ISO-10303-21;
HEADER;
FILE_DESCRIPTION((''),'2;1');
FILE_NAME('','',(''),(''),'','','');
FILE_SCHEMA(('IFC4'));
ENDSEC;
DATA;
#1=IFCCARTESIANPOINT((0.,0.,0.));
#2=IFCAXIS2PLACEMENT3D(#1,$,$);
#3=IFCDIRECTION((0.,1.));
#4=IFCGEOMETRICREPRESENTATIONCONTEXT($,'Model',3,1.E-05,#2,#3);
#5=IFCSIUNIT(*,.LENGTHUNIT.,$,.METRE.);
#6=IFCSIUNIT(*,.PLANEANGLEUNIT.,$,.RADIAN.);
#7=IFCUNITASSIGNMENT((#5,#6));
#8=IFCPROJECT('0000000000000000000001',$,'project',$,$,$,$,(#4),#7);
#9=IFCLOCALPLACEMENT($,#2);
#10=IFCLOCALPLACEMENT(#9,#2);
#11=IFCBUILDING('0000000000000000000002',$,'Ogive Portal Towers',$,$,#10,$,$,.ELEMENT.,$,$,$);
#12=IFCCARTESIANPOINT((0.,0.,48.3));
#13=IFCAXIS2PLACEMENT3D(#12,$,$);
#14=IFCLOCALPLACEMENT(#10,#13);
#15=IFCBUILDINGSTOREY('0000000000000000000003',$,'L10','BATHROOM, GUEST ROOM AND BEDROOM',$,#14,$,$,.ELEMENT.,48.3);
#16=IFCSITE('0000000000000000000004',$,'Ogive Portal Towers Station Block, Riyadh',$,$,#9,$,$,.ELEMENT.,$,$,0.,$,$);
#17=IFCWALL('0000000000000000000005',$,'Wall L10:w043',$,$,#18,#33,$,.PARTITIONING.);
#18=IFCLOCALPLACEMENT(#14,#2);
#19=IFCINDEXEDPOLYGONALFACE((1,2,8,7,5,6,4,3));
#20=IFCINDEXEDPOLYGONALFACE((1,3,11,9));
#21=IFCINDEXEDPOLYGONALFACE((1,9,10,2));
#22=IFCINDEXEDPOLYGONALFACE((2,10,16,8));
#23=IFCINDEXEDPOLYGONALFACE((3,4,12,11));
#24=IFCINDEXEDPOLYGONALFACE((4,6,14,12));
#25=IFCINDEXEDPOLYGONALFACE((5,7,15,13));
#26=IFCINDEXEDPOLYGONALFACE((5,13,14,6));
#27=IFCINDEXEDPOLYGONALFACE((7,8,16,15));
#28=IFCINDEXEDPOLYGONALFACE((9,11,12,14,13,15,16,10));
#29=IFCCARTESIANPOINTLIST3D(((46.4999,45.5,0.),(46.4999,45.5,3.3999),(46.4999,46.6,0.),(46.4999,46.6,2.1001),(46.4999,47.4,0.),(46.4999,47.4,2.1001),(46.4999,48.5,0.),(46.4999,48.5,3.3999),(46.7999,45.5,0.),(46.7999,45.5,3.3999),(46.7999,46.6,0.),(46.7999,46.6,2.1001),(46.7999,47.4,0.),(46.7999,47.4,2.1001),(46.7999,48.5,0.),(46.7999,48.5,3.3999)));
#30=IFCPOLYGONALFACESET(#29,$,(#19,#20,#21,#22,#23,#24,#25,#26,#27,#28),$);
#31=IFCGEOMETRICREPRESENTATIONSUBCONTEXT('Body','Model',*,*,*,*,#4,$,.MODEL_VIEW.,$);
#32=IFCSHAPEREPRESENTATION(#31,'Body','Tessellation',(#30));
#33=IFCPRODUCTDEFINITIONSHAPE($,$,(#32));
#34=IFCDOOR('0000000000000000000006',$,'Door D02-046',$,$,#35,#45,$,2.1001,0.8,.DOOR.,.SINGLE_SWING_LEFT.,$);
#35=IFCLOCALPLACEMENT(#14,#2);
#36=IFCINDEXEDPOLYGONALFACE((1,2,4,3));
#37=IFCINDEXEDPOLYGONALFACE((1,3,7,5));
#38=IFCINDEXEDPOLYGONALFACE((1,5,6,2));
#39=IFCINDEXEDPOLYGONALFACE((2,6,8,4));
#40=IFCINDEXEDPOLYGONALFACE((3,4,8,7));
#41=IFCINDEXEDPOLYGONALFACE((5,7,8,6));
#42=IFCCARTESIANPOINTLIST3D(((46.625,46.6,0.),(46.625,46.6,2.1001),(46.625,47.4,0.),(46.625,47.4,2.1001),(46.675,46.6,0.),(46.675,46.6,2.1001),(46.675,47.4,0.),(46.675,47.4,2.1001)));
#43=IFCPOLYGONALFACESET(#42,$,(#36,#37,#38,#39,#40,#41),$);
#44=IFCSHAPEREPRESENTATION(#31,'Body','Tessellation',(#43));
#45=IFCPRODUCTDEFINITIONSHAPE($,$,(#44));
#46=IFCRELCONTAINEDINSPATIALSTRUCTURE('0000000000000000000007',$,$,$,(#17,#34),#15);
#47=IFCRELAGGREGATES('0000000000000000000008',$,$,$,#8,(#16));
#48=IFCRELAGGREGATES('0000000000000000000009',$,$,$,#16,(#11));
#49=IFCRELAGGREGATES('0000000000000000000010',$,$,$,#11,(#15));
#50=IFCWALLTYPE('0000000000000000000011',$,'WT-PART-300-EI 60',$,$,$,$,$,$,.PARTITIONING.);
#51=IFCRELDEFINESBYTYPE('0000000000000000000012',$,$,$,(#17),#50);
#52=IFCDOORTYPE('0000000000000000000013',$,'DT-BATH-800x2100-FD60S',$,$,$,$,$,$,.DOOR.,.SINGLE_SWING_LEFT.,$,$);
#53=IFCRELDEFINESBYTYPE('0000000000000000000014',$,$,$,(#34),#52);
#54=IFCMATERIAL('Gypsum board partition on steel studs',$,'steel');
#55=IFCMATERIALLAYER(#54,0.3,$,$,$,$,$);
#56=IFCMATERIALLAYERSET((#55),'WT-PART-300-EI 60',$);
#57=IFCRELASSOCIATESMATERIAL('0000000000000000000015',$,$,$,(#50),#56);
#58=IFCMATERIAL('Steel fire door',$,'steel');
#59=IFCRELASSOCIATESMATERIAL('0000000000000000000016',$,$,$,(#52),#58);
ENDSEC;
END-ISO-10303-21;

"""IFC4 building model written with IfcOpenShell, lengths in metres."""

from ifc_helpers import new_model, si_unit, direction, frame, frame_2d, origin, place, context, subcontext, project, spatial, rectangle, extrude, material, layer, layer_set, type_object, element, fill, save


model = new_model("IFC4")

# Units and contexts
model_context = context("Model", 3, precision=1e-05, world=origin(), true_north=direction((0.0, 1.0)))
body_context = subcontext(model_context, "Body", "Model", "MODEL_VIEW")
ifc_project = project(units=[si_unit("LENGTHUNIT", "METRE"), si_unit("PLANEANGLEUNIT", "RADIAN")], contexts=[model_context])

# Site, building, storey
site_placement = place(None, origin())
site = spatial("IfcSite", under=ifc_project, at=site_placement, Name="Ogive Portal Towers Station Block, Riyadh", CompositionType="ELEMENT", RefElevation=0.0)
building_placement = place(site_placement, origin())
building = spatial("IfcBuilding", under=site, at=building_placement, Name="Ogive Portal Towers", CompositionType="ELEMENT")
storey_placement = place(building_placement, frame((0.0, 0.0, 48.3)))
storey = spatial("IfcBuildingStorey", under=building, at=storey_placement, Name="L10", Description="BATHROOM, GUEST ROOM AND BEDROOM", CompositionType="ELEMENT", Elevation=48.3)

# Shared definitions
ifc_material_1 = material(Name="Gypsum board partition on steel studs", Category="steel")
ifc_layer_1 = layer(ifc_material_1, 0.3)
ifc_layer_set_1 = layer_set([ifc_layer_1], Name="WT-PART-300-EI 60")
wall_type = type_object("IfcWallType", Name="WT-PART-300-EI 60", PredefinedType="PARTITIONING", material=ifc_layer_set_1)

# Wall, opening, door
ifc_material_2 = material(Name="Steel fire door", Category="steel")
door_type = type_object("IfcDoorType", Name="DT-BATH-800x2100-FD60S", OperationType="SINGLE_SWING_LEFT", PredefinedType="DOOR", material=ifc_material_2)
wall_1_placement = place(storey_placement, frame((46.6499, 45.5, 0.0), z_axis=(0.0, 0.0, 1.0), x_axis=(0.0, 1.0, 0.0)))
wall_1 = element("IfcWall", 1, at=wall_1_placement, inside=storey, type_object=wall_type, Name="Wall L10:w043", PredefinedType="PARTITIONING", context=body_context, shape_type="SweptSolid", body=[
    extrude(rectangle(XDim=3.0, YDim=0.3, at=frame_2d((1.5, 0.0))), origin(), (0.0, 0.0, 1.0), 3.3999),
])
opening_1_placement = place(wall_1_placement, frame((1.1001, 0.0, 0.0)))
opening_1 = element("IfcOpeningElement", 2, at=opening_1_placement, cuts=wall_1, PredefinedType="OPENING", context=body_context, shape_type="SweptSolid", body=[
    extrude(rectangle(XDim=0.8, YDim=2.1001, at=frame_2d((0.3999, 1.05))), frame((0.0, 0.1602, 0.0), z_axis=(0.0, -1.0, 0.0), x_axis=(1.0, 0.0, 0.0)), (0.0, 0.0, 1.0), 0.3201),
])
door_1_placement = place(opening_1_placement, origin())
door_1 = element("IfcDoor", 3, at=door_1_placement, inside=storey, type_object=door_type, Name="Door D02-046", OperationType="SINGLE_SWING_LEFT", OverallHeight=2.1001, OverallWidth=0.8, PredefinedType="DOOR", context=body_context, shape_type="SweptSolid", body=[
    extrude(rectangle(XDim=0.8, YDim=2.1001, at=frame_2d((0.3999, 1.05))), frame((0.0, 0.0249, 0.0), z_axis=(0.0, -1.0, 0.0), x_axis=(1.0, 0.0, 0.0)), (0.0, 0.0, 1.0), 0.05),
])
fill(opening_1, door_1)

save(model, "model.ifc")
